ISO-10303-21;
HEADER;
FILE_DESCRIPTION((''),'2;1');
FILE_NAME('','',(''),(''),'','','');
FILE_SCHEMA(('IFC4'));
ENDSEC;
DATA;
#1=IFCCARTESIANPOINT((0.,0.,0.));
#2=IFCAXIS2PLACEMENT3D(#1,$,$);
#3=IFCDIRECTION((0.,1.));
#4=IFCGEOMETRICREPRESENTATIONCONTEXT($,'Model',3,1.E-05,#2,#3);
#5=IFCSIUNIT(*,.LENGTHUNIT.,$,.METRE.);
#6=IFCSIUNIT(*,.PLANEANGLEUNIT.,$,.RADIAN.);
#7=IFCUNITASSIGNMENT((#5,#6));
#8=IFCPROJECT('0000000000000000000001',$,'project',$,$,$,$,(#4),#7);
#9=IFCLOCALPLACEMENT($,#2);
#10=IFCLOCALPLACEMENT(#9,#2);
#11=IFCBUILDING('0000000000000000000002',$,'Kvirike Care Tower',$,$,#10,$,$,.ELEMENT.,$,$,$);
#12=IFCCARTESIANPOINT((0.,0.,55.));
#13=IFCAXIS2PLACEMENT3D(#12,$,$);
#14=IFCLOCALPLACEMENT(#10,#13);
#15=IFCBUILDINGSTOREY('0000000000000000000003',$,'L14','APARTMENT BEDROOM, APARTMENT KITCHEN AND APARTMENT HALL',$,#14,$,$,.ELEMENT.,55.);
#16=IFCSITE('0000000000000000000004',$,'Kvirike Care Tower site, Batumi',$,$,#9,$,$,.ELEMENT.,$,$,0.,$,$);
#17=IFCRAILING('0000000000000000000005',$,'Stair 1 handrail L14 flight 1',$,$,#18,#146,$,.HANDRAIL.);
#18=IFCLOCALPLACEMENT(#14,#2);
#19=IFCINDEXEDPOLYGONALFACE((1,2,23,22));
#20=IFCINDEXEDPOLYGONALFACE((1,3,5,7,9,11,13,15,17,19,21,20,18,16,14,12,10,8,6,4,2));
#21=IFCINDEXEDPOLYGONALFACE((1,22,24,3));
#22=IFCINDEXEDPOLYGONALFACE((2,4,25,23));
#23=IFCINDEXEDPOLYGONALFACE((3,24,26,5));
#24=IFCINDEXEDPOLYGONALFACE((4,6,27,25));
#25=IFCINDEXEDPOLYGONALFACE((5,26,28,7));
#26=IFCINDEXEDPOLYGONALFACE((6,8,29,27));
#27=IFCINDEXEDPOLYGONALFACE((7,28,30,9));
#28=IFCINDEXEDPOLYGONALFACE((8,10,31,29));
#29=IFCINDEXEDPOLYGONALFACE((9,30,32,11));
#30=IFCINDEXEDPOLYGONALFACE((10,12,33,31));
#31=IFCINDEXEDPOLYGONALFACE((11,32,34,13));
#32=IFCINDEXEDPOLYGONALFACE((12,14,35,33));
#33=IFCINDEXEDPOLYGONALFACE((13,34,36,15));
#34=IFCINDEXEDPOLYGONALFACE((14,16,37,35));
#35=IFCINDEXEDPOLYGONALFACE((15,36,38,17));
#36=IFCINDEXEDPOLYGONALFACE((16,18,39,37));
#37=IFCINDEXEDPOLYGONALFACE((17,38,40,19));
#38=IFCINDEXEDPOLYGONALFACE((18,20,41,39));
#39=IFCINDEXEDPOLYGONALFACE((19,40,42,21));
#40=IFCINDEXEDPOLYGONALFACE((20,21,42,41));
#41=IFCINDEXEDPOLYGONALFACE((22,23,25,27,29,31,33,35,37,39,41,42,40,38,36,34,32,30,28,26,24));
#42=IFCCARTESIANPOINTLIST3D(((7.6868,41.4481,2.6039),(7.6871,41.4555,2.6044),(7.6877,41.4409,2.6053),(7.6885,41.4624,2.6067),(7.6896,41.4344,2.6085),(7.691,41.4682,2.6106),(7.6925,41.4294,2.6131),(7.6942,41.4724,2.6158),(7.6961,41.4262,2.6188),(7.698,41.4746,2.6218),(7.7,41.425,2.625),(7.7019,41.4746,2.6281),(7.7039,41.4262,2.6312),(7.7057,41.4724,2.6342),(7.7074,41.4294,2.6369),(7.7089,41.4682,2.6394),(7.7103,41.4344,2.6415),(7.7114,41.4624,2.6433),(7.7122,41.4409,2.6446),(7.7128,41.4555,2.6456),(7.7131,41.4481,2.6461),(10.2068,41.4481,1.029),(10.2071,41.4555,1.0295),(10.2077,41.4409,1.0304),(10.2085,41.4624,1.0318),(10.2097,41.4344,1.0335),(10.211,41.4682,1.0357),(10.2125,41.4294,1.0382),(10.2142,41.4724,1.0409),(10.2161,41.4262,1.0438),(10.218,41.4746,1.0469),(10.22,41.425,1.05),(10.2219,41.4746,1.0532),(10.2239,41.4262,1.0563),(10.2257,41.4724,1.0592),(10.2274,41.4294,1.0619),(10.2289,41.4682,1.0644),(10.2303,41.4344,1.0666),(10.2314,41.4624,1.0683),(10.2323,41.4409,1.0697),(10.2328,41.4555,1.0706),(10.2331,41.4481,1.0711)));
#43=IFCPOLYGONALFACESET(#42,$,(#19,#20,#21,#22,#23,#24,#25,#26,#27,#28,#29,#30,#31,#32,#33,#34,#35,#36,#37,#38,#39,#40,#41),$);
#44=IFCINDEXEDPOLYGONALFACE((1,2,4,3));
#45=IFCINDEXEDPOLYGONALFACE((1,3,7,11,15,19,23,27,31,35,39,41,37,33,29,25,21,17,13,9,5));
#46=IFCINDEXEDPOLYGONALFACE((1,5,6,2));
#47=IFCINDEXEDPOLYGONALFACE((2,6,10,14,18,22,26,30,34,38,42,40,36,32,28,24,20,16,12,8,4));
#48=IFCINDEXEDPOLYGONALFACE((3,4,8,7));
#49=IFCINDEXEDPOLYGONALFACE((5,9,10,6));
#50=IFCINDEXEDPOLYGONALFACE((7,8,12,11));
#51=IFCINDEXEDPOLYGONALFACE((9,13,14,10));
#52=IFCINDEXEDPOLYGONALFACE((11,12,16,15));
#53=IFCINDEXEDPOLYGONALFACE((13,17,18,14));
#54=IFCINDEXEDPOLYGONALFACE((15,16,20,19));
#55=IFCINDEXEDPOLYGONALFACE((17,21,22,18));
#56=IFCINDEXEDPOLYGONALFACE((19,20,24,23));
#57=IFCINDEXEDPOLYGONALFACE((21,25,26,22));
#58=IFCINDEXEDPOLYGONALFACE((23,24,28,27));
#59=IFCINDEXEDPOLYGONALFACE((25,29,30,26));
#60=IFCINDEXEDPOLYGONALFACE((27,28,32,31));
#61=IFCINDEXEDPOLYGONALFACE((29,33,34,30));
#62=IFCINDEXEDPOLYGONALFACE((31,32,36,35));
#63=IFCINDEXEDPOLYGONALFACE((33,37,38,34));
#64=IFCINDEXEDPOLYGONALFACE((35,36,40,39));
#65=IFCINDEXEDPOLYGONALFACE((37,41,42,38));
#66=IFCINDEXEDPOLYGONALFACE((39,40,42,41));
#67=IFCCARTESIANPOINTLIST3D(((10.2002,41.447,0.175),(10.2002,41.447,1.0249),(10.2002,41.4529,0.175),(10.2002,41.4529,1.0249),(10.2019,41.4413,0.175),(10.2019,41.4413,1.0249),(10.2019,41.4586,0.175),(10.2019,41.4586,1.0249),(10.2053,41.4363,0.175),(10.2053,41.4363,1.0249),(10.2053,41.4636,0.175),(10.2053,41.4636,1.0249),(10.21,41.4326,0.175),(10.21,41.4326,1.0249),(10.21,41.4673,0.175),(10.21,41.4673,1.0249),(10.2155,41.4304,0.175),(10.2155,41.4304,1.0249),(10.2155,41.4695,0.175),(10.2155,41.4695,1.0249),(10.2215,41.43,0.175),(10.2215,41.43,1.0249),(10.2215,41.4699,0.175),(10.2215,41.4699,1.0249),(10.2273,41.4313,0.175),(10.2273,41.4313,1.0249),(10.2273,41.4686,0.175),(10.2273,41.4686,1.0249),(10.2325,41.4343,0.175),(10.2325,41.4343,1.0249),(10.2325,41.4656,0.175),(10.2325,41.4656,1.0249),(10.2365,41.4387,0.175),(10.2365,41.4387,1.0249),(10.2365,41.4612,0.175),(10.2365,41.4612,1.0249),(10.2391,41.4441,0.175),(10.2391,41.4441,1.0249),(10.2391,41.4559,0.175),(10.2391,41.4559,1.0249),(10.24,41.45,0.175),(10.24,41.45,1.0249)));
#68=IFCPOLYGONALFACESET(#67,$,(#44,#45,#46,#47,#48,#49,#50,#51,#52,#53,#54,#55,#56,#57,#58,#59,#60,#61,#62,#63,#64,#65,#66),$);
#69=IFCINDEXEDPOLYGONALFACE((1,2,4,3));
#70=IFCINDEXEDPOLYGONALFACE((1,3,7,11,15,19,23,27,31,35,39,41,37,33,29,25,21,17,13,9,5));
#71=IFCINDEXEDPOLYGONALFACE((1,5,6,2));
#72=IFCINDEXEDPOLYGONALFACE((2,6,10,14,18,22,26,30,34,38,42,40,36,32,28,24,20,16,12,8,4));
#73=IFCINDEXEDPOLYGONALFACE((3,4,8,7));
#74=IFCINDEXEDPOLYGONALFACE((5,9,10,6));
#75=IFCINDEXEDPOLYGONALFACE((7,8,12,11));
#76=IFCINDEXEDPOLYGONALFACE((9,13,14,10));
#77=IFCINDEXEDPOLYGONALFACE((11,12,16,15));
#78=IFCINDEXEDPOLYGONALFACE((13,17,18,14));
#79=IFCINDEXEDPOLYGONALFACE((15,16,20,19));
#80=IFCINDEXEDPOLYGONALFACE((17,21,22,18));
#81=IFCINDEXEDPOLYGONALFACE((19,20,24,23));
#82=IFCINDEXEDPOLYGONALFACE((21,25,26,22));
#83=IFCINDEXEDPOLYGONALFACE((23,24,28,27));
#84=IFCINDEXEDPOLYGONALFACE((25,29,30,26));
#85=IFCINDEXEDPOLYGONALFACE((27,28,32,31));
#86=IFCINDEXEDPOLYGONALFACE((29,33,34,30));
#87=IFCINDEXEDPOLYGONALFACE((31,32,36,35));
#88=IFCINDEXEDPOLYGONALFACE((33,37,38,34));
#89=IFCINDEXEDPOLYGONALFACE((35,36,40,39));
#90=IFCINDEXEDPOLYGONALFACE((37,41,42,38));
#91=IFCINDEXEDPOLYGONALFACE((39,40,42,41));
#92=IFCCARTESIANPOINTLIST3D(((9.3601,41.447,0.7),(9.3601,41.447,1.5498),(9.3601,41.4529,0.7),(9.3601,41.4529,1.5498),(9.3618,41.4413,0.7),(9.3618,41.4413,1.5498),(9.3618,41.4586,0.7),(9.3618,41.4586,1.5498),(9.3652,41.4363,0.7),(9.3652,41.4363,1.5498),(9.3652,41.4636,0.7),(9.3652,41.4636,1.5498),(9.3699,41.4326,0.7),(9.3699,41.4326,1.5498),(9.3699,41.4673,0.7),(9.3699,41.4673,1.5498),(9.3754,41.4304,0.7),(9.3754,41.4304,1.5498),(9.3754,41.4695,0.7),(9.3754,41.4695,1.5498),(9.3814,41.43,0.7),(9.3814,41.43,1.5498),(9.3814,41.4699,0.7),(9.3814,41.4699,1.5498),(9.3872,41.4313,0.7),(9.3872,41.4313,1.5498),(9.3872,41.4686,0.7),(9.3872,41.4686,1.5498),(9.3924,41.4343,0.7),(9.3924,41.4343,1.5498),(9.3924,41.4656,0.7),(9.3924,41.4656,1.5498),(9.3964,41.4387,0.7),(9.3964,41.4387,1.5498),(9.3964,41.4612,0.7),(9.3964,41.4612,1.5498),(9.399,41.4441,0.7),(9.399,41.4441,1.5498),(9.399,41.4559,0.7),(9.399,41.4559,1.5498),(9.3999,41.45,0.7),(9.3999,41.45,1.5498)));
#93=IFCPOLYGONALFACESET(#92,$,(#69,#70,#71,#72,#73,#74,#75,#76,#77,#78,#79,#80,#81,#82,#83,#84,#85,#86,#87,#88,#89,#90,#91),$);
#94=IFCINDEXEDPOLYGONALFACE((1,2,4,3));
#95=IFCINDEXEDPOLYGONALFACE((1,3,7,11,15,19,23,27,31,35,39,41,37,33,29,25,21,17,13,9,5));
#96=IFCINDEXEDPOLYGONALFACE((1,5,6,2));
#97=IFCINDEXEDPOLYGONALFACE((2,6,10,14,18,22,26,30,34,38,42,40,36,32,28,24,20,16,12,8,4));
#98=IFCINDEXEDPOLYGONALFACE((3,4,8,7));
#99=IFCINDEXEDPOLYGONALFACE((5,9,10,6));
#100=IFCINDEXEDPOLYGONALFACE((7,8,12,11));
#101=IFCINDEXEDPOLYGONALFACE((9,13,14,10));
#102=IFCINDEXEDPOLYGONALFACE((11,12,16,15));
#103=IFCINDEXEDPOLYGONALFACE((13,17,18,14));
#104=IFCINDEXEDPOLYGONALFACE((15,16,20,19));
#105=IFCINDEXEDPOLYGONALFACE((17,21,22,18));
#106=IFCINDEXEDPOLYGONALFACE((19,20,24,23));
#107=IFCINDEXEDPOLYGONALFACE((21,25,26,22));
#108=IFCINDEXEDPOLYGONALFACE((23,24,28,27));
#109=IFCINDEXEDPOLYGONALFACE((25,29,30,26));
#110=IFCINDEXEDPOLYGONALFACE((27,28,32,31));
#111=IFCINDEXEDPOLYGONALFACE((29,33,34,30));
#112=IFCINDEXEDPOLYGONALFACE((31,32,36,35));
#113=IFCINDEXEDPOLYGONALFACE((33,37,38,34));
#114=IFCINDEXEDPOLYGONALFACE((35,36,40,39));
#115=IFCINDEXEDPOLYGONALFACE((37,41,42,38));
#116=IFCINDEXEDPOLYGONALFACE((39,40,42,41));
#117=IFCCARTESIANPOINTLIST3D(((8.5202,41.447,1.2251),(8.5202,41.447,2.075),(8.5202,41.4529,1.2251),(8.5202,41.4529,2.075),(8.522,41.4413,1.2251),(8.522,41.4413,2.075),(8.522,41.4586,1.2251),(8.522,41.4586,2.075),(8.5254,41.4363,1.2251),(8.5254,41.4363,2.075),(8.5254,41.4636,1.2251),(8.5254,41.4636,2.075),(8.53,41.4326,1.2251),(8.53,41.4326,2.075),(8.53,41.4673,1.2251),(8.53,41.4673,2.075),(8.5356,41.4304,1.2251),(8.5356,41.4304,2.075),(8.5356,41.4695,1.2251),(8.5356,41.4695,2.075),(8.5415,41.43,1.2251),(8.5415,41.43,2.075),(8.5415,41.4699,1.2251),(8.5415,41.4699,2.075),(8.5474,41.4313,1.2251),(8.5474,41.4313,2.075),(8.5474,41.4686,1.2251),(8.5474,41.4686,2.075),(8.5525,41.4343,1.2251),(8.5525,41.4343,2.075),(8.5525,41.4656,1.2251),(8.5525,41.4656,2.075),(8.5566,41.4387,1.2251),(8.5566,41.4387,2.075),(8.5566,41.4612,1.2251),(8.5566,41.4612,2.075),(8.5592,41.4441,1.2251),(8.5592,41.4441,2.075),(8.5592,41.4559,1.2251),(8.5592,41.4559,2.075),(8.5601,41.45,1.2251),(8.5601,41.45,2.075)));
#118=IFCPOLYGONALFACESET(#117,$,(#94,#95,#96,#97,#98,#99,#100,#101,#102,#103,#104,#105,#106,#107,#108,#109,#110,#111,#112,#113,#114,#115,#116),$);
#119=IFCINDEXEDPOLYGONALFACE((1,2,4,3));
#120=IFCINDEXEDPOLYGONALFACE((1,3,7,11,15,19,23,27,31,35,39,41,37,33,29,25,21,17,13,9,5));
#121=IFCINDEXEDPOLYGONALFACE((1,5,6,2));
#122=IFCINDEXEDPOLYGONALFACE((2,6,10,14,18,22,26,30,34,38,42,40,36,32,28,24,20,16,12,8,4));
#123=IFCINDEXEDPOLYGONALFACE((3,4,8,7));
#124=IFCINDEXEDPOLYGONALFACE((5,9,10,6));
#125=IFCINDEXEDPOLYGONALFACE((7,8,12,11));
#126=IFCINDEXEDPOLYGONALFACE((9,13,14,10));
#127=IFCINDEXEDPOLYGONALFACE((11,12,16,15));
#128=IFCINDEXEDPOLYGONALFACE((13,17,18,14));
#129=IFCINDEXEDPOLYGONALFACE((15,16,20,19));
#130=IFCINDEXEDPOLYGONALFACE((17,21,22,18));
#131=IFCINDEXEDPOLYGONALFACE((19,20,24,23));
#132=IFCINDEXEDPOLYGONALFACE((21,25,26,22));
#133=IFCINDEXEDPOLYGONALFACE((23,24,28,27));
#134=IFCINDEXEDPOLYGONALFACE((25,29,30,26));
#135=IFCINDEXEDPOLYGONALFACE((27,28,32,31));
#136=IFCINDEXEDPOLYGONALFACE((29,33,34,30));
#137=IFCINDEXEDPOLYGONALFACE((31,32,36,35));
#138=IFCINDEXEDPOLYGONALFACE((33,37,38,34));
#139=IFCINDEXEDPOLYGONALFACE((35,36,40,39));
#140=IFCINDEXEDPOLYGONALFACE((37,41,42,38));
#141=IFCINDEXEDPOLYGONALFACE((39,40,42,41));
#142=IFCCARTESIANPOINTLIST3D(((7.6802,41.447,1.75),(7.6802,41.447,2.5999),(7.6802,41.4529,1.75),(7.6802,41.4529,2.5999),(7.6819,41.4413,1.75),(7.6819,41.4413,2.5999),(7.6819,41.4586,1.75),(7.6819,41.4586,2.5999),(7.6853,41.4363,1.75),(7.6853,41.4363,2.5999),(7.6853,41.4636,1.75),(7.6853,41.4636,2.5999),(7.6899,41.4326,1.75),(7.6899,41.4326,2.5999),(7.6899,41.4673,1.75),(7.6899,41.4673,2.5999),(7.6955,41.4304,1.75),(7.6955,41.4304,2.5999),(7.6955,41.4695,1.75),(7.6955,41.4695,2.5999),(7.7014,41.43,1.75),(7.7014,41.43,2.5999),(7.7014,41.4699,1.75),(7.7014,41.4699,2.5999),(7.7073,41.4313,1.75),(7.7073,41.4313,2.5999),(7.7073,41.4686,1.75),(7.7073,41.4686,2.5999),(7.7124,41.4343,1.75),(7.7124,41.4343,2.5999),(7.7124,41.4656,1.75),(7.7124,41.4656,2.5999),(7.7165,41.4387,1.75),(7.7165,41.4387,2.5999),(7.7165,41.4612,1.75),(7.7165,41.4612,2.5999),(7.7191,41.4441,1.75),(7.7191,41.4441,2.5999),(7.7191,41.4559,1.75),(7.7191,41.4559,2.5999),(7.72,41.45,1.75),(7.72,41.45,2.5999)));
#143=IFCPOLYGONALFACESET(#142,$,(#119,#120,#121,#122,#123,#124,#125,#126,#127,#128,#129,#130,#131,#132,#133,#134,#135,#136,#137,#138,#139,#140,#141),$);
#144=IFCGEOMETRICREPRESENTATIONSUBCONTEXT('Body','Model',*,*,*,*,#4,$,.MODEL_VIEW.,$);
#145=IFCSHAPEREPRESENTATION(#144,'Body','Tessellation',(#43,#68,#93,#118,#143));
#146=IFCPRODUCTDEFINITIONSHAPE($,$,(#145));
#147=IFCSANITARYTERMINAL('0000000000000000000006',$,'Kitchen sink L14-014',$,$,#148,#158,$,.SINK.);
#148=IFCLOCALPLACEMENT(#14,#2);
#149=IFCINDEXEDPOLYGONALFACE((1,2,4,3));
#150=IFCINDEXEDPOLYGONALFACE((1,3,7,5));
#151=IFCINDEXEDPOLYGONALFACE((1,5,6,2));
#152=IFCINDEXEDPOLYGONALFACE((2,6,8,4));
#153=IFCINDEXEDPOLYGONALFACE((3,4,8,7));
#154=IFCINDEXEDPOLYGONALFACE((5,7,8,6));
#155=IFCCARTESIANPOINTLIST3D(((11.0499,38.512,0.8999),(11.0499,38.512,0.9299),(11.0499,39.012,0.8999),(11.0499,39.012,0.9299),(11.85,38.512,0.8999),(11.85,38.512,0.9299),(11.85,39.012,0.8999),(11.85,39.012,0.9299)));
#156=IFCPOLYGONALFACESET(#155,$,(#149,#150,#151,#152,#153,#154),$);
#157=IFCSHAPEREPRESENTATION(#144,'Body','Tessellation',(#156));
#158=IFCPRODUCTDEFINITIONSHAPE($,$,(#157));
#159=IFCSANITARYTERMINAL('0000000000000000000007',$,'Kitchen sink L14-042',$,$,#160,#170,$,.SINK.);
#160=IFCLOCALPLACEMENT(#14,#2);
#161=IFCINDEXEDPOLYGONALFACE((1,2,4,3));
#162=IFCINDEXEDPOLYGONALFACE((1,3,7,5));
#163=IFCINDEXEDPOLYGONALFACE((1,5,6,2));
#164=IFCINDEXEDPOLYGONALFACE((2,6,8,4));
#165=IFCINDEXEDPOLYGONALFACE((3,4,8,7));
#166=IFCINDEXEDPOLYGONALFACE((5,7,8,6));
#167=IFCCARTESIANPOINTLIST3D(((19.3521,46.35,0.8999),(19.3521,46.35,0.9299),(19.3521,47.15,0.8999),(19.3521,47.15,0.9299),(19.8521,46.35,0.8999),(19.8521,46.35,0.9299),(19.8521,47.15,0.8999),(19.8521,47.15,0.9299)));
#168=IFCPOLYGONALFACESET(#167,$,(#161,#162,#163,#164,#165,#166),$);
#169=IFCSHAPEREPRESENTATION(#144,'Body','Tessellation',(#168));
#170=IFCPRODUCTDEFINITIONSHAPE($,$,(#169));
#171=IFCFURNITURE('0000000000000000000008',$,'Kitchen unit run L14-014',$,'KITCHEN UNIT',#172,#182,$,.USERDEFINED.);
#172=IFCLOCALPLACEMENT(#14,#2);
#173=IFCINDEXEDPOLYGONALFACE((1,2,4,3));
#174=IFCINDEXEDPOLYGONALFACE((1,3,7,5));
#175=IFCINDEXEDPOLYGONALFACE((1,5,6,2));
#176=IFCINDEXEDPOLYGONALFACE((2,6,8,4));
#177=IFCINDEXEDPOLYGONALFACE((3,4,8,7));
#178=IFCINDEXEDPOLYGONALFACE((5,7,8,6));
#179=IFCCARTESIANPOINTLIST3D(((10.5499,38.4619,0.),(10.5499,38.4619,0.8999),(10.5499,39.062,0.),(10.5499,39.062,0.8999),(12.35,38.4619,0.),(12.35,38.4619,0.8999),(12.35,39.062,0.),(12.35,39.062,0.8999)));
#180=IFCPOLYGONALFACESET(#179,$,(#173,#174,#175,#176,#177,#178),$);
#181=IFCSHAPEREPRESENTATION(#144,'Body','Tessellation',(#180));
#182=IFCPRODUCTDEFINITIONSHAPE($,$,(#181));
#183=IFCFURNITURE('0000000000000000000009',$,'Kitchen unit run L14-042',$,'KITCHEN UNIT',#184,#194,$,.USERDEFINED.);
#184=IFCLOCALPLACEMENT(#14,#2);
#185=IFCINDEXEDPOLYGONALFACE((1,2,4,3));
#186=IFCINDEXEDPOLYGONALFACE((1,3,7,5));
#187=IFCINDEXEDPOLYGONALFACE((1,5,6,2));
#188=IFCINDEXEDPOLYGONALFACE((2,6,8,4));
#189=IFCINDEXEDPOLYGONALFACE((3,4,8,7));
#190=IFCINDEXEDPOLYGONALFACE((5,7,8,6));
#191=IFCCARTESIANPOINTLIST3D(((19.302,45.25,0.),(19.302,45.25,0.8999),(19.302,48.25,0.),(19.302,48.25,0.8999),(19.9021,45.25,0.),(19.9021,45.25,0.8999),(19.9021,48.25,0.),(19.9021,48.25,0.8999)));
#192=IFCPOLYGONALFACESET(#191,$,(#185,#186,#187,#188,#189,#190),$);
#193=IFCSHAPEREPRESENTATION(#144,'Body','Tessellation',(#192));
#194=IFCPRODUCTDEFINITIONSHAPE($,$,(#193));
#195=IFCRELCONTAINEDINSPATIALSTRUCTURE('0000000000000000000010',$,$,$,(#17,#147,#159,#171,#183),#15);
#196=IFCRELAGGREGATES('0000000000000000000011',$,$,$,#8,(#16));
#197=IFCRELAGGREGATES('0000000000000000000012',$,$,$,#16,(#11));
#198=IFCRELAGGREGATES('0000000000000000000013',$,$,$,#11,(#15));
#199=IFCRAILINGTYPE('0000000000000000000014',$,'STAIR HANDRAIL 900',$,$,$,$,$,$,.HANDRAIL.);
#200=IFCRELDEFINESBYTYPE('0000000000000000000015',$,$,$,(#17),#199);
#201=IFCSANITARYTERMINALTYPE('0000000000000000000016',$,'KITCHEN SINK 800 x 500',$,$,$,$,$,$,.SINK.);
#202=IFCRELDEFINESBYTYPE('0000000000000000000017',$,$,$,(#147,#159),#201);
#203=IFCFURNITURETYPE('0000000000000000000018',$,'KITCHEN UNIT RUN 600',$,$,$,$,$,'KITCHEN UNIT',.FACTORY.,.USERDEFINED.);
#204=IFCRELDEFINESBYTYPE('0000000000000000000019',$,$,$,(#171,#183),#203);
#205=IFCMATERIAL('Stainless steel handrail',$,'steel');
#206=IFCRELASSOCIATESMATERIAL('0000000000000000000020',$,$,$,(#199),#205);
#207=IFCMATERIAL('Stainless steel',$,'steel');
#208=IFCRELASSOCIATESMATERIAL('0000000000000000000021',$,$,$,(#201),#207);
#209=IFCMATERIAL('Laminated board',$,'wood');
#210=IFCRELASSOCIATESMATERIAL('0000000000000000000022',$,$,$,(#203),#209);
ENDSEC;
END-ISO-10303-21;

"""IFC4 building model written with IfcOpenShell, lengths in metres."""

from ifc_helpers import new_model, si_unit, direction, frame, origin, origin_2d, place, context, subcontext, project, spatial, rectangle, circle, extrude, material, type_object, element, save


model = new_model("IFC4")

# Units and contexts
model_context = context("Model", 3, precision=1e-05, world=origin(), true_north=direction((0.0, 1.0)))
body_context = subcontext(model_context, "Body", "Model", "MODEL_VIEW")
ifc_project = project(units=[si_unit("LENGTHUNIT", "METRE"), si_unit("PLANEANGLEUNIT", "RADIAN")], contexts=[model_context])

# Site, building, storey
site_placement = place(None, origin())
site = spatial("IfcSite", under=ifc_project, at=site_placement, Name="Kvirike Care Tower site, Batumi", CompositionType="ELEMENT", RefElevation=0.0)
building_placement = place(site_placement, origin())
building = spatial("IfcBuilding", under=site, at=building_placement, Name="Kvirike Care Tower", CompositionType="ELEMENT")
storey_placement = place(building_placement, frame((0.0, 0.0, 55.0)))
storey = spatial("IfcBuildingStorey", under=building, at=storey_placement, Name="L14", Description="APARTMENT BEDROOM, APARTMENT KITCHEN AND APARTMENT HALL", CompositionType="ELEMENT", Elevation=55.0)

# Railing
ifc_material_1 = material(Name="Stainless steel handrail", Category="steel")
railing_type = type_object("IfcRailingType", Name="STAIR HANDRAIL 900", PredefinedType="HANDRAIL", material=ifc_material_1)
railing_placement = place(storey_placement, frame((10.22, 41.45, 0.175)))
element("IfcRailing", 1, at=railing_placement, inside=storey, type_object=railing_type, Name="Stair 1 handrail L14 flight 1", PredefinedType="HANDRAIL", context=body_context, shape_type="SweptSolid", body=[
    extrude(circle(Radius=0.0249, at=origin_2d()), frame((0.0, 0.0, 0.875), z_axis=(-0.848008, 0.0, 0.529984), x_axis=(0.0, -1.0, 0.0)), (0.0, 0.0, 1.0), 2.9717),
    extrude(circle(Radius=0.02, at=origin_2d()), origin(), (0.0, 0.0, 1.0), 0.8499),
    extrude(circle(Radius=0.02, at=origin_2d()), frame((-0.8401, 0.0, 0.5249)), (0.0, 0.0, 1.0), 0.8499),
    extrude(circle(Radius=0.02, at=origin_2d()), frame((-1.6799, 0.0, 1.05)), (0.0, 0.0, 1.0), 0.8499),
    extrude(circle(Radius=0.02, at=origin_2d()), frame((-2.52, 0.0, 1.575)), (0.0, 0.0, 1.0), 0.8499),
])

# Sanitary terminals
ifc_material_2 = material(Name="Stainless steel", Category="steel")
sanitary_terminal_type = type_object("IfcSanitaryTerminalType", Name="KITCHEN SINK 800 x 500", PredefinedType="SINK", material=ifc_material_2)
for number, where, z_axis, x_axis, name in (
    (2, (11.45, 38.762, 0.8999), (0.0, 0.0, 1.0), (-1.0, 0.0, 0.0), "Kitchen sink L14-014"),
    (3, (19.6021, 46.75, 0.8999), (0.0, 0.0, 1.0), (0.0, 1.0, 0.0), "Kitchen sink L14-042"),
):
    element("IfcSanitaryTerminal", number, at=place(storey_placement, frame(where, z_axis=z_axis, x_axis=x_axis)), inside=storey, type_object=sanitary_terminal_type, Name=name, PredefinedType="SINK", context=body_context, shape_type="SweptSolid", body=[
        extrude(rectangle(XDim=0.8, YDim=0.5, at=origin_2d()), origin(), (0.0, 0.0, 1.0), 0.03),
    ])

# Furniture
ifc_material_3 = material(Name="Laminated board", Category="wood")
furniture_type = type_object("IfcFurnitureType", Name="KITCHEN UNIT RUN 600", ElementType="KITCHEN UNIT", AssemblyPlace="FACTORY", PredefinedType="USERDEFINED", material=ifc_material_3)
furniture_1_placement = place(storey_placement, frame((11.45, 38.762, 0.0), z_axis=(0.0, 0.0, 1.0), x_axis=(-1.0, 0.0, 0.0)))
element("IfcFurniture", 4, at=furniture_1_placement, inside=storey, type_object=furniture_type, Name="Kitchen unit run L14-014", ObjectType="KITCHEN UNIT", PredefinedType="USERDEFINED", context=body_context, shape_type="SweptSolid", body=[
    extrude(rectangle(XDim=1.8, YDim=0.6001, at=origin_2d()), origin(), (0.0, 0.0, 1.0), 0.8999),
])
furniture_2_placement = place(storey_placement, frame((19.6021, 46.75, 0.0), z_axis=(0.0, 0.0, 1.0), x_axis=(0.0, 1.0, 0.0)))
element("IfcFurniture", 5, at=furniture_2_placement, inside=storey, type_object=furniture_type, Name="Kitchen unit run L14-042", ObjectType="KITCHEN UNIT", PredefinedType="USERDEFINED", context=body_context, shape_type="SweptSolid", body=[
    extrude(rectangle(XDim=3.0, YDim=0.6001, at=origin_2d()), origin(), (0.0, 0.0, 1.0), 0.8999),
])

save(model, "model.ifc")
